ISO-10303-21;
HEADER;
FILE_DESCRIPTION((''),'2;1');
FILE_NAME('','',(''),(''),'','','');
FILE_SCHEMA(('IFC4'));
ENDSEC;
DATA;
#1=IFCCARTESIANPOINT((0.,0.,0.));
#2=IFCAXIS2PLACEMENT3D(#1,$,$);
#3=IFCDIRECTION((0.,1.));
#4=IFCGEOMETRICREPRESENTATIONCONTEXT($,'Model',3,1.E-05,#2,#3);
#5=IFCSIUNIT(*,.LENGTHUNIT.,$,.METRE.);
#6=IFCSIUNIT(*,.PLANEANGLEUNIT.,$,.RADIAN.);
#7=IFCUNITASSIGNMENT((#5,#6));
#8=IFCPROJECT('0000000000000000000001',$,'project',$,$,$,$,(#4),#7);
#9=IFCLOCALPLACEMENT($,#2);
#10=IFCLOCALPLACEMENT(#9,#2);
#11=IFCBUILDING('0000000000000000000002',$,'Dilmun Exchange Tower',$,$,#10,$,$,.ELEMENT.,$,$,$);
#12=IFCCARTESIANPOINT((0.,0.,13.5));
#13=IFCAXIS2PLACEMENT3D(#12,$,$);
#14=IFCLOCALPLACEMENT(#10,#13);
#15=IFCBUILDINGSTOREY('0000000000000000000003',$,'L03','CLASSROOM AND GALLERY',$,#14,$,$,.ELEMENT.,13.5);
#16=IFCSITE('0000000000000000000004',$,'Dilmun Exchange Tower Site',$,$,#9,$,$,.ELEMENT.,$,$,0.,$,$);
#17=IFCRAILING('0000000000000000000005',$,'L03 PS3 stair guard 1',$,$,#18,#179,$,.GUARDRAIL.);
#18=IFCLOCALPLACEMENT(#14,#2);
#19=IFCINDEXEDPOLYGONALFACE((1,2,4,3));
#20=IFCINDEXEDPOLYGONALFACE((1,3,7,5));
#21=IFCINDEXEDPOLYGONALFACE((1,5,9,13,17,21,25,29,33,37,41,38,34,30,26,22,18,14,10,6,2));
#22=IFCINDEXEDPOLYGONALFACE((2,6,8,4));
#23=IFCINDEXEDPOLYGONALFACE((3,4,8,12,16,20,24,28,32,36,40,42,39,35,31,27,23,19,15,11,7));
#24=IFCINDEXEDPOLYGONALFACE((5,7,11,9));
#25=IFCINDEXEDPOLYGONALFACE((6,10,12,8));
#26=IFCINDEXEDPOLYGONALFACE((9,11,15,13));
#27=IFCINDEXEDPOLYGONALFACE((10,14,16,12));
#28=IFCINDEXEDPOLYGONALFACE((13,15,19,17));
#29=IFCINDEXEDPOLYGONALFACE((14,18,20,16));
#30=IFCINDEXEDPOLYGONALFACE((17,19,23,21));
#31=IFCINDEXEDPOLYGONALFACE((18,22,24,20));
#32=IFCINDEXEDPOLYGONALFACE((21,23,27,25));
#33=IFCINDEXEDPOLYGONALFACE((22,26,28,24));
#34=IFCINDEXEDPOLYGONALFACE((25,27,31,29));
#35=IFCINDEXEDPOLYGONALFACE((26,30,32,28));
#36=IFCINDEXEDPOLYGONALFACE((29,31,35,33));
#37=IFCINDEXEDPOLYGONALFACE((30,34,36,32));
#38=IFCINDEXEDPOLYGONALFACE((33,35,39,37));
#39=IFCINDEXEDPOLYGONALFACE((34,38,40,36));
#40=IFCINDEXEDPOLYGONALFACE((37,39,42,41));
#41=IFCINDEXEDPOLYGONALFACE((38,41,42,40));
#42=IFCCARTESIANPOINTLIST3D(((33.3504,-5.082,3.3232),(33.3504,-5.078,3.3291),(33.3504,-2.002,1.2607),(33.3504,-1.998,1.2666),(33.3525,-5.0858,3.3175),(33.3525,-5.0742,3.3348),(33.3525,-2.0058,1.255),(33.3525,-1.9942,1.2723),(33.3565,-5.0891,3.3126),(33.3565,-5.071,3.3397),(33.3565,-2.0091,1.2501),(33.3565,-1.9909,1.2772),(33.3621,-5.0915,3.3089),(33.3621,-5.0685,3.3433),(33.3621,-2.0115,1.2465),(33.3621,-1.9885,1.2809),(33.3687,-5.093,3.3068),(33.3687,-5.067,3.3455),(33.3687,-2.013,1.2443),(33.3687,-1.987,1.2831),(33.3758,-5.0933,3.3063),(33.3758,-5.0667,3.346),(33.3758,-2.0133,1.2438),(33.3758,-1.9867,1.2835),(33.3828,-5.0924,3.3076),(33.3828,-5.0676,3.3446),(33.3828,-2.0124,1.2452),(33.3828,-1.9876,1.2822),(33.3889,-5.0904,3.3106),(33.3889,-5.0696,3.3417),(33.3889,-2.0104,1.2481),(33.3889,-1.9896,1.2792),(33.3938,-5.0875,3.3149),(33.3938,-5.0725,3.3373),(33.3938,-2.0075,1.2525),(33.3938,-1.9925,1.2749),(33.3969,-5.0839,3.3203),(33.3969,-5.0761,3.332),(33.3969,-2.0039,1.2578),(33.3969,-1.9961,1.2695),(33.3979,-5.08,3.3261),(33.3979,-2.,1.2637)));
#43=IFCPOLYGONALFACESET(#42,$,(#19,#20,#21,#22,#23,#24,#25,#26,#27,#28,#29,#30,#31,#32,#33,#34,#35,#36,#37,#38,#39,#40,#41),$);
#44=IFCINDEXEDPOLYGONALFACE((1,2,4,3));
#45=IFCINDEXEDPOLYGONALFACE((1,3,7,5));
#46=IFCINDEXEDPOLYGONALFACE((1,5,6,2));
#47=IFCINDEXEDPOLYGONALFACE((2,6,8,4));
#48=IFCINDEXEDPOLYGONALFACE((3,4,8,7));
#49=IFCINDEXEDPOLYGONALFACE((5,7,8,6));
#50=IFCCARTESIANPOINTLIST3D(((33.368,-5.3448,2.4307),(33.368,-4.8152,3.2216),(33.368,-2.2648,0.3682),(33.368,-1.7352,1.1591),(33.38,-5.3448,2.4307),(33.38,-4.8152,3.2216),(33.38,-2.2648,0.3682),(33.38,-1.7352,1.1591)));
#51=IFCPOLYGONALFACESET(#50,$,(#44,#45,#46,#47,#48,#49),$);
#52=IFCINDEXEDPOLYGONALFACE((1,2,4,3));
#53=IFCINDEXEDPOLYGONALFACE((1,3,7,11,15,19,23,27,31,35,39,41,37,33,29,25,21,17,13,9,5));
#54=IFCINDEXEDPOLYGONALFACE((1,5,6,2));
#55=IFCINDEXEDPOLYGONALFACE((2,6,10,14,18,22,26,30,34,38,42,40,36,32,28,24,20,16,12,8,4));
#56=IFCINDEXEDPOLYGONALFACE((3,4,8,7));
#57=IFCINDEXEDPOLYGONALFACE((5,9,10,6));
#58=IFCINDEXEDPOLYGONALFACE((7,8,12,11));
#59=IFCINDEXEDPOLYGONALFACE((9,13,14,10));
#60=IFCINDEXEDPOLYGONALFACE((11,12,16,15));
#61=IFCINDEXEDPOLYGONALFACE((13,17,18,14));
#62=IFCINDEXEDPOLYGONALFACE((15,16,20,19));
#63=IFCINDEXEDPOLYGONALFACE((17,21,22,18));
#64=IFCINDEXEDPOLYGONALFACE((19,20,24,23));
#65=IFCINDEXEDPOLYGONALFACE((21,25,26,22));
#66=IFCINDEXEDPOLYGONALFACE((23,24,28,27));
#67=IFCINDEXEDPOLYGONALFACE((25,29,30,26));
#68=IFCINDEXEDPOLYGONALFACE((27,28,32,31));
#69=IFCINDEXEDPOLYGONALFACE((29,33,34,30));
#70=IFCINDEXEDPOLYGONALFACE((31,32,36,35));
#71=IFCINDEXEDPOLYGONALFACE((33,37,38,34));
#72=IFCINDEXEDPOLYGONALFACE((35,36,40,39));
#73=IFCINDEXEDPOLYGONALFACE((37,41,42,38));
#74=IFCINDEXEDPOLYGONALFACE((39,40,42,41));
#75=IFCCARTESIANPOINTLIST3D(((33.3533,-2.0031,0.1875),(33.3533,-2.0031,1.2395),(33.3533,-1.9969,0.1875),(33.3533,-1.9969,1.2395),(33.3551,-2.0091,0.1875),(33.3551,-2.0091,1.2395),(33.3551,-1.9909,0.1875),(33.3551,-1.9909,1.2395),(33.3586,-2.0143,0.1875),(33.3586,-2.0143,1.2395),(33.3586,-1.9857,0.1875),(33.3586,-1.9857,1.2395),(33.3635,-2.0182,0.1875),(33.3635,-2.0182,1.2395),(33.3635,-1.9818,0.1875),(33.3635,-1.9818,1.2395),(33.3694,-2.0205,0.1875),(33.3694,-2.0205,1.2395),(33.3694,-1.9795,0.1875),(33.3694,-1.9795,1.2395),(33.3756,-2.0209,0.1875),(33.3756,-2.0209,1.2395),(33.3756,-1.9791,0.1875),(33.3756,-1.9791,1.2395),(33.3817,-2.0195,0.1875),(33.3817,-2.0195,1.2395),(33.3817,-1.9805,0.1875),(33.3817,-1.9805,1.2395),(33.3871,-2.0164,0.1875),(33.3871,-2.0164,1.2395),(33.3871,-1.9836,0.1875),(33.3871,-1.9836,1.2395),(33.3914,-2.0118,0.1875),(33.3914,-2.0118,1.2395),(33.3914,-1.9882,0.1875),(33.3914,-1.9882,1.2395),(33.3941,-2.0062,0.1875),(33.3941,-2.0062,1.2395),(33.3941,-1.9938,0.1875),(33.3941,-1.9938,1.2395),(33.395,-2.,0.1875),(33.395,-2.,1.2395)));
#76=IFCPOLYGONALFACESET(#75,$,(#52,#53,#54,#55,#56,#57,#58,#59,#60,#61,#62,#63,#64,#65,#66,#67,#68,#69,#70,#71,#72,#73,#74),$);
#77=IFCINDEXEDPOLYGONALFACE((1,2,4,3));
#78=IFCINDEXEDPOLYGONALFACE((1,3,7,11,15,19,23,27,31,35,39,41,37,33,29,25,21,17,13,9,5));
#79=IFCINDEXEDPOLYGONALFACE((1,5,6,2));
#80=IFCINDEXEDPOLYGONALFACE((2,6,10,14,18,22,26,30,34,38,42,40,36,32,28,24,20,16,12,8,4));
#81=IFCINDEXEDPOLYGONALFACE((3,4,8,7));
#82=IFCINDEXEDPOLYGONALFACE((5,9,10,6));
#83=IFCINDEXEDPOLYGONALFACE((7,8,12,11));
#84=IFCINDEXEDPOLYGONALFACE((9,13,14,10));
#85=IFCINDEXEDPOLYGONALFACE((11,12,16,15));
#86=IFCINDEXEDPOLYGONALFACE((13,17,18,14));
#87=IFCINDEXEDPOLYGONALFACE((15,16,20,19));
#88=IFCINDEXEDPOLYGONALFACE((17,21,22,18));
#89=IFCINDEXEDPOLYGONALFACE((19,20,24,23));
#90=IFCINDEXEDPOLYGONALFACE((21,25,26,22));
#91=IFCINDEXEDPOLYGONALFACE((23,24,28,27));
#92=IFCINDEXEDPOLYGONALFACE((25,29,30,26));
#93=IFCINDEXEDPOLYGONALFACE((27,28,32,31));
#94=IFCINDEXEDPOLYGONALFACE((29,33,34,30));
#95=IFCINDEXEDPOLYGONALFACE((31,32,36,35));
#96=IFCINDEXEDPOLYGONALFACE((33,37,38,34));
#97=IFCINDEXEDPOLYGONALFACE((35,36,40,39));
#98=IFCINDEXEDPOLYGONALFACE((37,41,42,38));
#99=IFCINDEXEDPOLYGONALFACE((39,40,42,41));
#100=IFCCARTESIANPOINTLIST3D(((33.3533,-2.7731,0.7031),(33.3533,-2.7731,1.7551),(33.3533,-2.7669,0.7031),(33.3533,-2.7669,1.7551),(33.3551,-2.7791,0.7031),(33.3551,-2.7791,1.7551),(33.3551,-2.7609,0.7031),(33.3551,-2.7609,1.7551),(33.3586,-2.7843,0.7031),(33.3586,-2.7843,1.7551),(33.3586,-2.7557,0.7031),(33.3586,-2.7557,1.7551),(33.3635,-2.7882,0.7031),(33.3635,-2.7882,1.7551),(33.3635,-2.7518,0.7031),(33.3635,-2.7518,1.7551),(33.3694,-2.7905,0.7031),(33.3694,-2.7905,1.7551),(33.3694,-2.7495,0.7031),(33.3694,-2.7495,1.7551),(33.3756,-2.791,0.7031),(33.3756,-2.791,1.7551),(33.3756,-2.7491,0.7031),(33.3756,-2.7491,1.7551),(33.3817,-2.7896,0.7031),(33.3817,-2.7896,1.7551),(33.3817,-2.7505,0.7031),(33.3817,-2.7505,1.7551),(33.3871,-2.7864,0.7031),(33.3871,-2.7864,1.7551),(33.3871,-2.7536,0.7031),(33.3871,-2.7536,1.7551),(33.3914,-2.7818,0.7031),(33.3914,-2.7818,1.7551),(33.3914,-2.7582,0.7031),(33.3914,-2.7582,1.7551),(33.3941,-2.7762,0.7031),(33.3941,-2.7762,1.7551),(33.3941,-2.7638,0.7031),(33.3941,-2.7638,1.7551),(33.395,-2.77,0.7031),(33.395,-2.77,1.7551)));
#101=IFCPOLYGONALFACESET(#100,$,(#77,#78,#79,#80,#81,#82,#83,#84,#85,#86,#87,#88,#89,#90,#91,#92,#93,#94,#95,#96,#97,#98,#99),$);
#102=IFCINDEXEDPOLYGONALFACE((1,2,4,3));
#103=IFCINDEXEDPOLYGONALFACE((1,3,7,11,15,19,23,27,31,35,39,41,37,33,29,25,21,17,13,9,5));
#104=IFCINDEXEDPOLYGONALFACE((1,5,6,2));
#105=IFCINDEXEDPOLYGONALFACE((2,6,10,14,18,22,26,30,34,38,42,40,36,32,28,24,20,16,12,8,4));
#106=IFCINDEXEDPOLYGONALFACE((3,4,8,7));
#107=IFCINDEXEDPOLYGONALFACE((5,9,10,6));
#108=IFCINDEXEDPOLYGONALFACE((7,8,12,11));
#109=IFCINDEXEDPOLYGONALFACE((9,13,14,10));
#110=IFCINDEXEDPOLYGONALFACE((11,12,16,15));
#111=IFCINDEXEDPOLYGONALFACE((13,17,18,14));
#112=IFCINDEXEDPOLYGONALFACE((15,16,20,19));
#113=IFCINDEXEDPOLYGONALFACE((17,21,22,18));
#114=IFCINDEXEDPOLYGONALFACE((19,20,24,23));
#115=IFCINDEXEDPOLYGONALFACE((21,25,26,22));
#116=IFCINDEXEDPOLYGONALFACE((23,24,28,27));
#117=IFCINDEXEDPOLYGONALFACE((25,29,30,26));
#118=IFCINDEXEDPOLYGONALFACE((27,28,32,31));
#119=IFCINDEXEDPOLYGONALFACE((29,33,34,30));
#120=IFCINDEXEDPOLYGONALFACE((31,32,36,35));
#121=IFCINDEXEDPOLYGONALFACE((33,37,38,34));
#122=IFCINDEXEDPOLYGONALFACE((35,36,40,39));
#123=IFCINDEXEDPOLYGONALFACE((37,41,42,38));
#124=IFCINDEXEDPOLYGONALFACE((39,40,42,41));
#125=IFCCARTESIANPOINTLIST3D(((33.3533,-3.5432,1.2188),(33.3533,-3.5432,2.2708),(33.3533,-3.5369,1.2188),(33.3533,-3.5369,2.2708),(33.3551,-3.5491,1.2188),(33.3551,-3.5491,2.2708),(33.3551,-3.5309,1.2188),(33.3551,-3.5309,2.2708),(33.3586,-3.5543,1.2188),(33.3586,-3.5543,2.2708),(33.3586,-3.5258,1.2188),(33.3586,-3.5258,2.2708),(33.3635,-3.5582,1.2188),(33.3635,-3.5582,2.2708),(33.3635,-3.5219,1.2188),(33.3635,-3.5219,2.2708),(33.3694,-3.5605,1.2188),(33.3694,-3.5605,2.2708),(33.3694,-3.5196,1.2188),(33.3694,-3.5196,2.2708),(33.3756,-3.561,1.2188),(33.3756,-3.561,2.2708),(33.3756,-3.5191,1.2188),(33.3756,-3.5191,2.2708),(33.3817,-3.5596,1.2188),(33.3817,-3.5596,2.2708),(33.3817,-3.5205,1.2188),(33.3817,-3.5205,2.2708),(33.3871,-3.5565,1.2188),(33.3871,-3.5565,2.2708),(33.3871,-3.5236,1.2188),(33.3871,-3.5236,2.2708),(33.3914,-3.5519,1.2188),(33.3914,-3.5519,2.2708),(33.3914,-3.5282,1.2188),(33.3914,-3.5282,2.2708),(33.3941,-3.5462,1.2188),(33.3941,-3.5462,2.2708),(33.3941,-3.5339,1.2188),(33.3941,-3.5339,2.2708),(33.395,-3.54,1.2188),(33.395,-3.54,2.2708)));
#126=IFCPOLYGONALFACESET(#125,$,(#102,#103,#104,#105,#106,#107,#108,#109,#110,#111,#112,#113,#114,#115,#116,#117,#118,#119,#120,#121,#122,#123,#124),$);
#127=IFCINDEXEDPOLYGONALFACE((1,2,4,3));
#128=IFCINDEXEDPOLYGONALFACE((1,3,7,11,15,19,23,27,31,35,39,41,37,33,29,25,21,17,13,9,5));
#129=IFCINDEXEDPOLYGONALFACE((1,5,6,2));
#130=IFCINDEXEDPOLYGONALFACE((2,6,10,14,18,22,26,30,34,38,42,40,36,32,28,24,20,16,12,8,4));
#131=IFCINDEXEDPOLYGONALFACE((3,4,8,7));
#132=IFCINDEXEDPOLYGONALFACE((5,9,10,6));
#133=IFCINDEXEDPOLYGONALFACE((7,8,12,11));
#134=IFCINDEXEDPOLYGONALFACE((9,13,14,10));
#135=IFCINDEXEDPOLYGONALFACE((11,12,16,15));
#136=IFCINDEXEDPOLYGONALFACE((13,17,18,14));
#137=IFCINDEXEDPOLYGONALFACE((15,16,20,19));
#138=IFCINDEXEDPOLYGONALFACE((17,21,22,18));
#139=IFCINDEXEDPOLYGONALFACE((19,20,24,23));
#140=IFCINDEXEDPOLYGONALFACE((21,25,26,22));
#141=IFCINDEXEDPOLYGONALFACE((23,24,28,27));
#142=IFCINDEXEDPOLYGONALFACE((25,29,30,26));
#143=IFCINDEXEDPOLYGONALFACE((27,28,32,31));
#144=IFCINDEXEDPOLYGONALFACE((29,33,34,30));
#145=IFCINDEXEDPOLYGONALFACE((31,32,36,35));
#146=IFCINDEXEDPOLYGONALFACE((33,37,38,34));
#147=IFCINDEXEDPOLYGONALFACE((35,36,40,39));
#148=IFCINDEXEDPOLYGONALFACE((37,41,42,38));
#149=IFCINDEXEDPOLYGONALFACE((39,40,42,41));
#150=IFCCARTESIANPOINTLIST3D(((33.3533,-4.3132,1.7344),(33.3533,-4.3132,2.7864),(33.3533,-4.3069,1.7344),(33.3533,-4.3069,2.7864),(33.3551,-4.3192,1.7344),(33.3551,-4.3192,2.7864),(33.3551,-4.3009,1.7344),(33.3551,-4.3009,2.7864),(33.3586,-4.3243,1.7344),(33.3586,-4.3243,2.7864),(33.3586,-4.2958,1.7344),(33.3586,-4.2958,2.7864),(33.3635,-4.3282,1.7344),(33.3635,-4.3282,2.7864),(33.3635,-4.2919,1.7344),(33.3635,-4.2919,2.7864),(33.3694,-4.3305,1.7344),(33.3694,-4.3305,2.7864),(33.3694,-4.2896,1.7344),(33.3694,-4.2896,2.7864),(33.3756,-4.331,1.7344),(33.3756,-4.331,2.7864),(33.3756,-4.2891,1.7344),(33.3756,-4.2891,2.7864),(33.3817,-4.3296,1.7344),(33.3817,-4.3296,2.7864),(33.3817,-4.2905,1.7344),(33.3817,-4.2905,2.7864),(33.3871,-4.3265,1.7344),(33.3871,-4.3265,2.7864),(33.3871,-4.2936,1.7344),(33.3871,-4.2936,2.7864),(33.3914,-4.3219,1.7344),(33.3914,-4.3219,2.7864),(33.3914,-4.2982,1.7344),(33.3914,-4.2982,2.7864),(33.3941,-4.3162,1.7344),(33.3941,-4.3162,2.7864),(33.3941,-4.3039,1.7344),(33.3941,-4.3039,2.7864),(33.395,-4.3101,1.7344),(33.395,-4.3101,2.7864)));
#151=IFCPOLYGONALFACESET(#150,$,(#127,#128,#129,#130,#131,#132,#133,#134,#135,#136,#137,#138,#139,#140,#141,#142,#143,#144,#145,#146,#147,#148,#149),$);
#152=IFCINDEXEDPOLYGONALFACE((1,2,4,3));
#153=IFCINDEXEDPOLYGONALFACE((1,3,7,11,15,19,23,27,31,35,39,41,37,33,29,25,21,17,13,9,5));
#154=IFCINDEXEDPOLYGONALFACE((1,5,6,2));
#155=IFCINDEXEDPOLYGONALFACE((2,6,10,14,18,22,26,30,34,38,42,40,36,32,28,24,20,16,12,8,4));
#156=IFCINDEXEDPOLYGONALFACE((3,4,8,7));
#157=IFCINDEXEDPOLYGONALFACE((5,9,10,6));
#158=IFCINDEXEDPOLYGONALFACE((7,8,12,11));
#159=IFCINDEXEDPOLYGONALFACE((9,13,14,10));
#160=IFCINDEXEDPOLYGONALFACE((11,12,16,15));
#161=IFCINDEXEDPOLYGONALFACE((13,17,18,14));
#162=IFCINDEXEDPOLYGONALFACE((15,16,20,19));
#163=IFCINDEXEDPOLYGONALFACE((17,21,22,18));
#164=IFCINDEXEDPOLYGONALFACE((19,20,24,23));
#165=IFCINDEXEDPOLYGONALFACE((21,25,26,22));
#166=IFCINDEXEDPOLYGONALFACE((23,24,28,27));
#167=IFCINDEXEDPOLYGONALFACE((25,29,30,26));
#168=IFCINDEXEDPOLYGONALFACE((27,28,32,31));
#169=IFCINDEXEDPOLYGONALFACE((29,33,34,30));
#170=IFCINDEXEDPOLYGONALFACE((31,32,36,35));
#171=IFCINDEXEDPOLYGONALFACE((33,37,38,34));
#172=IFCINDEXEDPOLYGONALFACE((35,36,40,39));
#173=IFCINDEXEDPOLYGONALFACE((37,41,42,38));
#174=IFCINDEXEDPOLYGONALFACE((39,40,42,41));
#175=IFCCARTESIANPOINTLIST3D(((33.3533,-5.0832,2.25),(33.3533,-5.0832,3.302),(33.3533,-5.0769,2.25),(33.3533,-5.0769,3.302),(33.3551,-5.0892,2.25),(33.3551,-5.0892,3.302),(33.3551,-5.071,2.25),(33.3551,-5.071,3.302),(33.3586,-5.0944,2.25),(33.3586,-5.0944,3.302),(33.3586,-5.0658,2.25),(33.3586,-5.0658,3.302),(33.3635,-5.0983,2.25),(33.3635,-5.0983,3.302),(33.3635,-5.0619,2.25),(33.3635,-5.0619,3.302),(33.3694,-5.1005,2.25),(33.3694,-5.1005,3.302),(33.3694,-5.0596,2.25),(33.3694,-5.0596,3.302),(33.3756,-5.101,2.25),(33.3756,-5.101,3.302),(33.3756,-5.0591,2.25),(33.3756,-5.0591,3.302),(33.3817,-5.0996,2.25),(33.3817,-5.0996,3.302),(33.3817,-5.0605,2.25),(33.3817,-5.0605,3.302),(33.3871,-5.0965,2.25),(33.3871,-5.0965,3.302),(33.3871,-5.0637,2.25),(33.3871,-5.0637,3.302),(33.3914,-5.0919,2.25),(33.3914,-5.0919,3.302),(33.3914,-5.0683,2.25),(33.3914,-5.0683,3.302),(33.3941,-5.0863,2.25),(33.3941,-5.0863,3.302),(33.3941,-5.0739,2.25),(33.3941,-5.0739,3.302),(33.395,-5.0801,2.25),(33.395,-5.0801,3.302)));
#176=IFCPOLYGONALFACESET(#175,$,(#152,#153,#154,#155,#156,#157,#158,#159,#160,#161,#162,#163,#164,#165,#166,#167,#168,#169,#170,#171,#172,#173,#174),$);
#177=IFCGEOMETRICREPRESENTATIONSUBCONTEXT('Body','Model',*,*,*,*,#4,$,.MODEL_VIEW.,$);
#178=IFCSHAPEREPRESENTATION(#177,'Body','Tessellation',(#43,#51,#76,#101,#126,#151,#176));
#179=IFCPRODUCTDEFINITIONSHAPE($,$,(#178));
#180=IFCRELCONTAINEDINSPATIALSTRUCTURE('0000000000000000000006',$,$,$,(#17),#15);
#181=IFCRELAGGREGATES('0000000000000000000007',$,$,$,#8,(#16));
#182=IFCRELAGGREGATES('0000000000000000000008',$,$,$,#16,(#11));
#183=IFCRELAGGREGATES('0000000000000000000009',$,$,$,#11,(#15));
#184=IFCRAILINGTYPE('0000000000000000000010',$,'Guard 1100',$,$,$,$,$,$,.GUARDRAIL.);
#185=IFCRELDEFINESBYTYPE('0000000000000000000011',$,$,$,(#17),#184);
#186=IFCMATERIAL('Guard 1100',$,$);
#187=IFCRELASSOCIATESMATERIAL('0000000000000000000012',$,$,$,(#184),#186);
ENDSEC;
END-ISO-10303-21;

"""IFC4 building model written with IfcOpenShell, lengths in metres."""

from ifc_helpers import new_model, si_unit, direction, frame, origin, origin_2d, place, context, subcontext, project, spatial, rectangle, circle, extrude, material, type_object, element, save


model = new_model("IFC4")

# Units and contexts
model_context = context("Model", 3, precision=1e-05, world=origin(), true_north=direction((0.0, 1.0)))
body_context = subcontext(model_context, "Body", "Model", "MODEL_VIEW")
ifc_project = project(units=[si_unit("LENGTHUNIT", "METRE"), si_unit("PLANEANGLEUNIT", "RADIAN")], contexts=[model_context])

# Site, building, storey
site_placement = place(None, origin())
site = spatial("IfcSite", under=ifc_project, at=site_placement, Name="Dilmun Exchange Tower Site", CompositionType="ELEMENT", RefElevation=0.0)
building_placement = place(site_placement, origin())
building = spatial("IfcBuilding", under=site, at=building_placement, Name="Dilmun Exchange Tower", CompositionType="ELEMENT")
storey_placement = place(building_placement, frame((0.0, 0.0, 13.5)))
storey = spatial("IfcBuildingStorey", under=building, at=storey_placement, Name="L03", Description="CLASSROOM AND GALLERY", CompositionType="ELEMENT", Elevation=13.5)

# Railing
ifc_material_1 = material(Name="Guard 1100")
railing_type_1 = type_object("IfcRailingType", Name="Guard 1100", PredefinedType="GUARDRAIL", material=ifc_material_1)
railing_1_placement = place(storey_placement, frame((33.374, -2.0, 0.1875)))
element("IfcRailing", 1, at=railing_1_placement, inside=storey, type_object=railing_type_1, Name="L03 PS3 stair guard 1", PredefinedType="GUARDRAIL", context=body_context, shape_type="SweptSolid", body=[
    extrude(circle(Radius=0.0239, at=origin_2d()), frame((0.0, 0.0, 1.0762), z_axis=(0.0, -0.830914, 0.556401), x_axis=(1.0, 0.0, 0.0)), (0.0, 0.0, 1.0), 3.7068),
    extrude(rectangle(XDim=0.012, YDim=0.9519, at=origin_2d()), frame((0.0, 0.0, 0.5762), z_axis=(0.0, -0.830914, 0.556401), x_axis=(1.0, 0.0, 0.0)), (0.0, 0.0, 1.0), 3.7068),
    extrude(circle(Radius=0.021, at=origin_2d()), origin(), (0.0, 0.0, 1.0), 1.052),
    extrude(circle(Radius=0.021, at=origin_2d()), frame((0.0, -0.77, 0.5156)), (0.0, 0.0, 1.0), 1.052),
    extrude(circle(Radius=0.021, at=origin_2d()), frame((0.0, -1.54, 1.0312)), (0.0, 0.0, 1.0), 1.052),
    extrude(circle(Radius=0.021, at=origin_2d()), frame((0.0, -2.3101, 1.5469)), (0.0, 0.0, 1.0), 1.052),
    extrude(circle(Radius=0.021, at=origin_2d()), frame((0.0, -3.0801, 2.0625)), (0.0, 0.0, 1.0), 1.052),
])

save(model, "model.ifc")
